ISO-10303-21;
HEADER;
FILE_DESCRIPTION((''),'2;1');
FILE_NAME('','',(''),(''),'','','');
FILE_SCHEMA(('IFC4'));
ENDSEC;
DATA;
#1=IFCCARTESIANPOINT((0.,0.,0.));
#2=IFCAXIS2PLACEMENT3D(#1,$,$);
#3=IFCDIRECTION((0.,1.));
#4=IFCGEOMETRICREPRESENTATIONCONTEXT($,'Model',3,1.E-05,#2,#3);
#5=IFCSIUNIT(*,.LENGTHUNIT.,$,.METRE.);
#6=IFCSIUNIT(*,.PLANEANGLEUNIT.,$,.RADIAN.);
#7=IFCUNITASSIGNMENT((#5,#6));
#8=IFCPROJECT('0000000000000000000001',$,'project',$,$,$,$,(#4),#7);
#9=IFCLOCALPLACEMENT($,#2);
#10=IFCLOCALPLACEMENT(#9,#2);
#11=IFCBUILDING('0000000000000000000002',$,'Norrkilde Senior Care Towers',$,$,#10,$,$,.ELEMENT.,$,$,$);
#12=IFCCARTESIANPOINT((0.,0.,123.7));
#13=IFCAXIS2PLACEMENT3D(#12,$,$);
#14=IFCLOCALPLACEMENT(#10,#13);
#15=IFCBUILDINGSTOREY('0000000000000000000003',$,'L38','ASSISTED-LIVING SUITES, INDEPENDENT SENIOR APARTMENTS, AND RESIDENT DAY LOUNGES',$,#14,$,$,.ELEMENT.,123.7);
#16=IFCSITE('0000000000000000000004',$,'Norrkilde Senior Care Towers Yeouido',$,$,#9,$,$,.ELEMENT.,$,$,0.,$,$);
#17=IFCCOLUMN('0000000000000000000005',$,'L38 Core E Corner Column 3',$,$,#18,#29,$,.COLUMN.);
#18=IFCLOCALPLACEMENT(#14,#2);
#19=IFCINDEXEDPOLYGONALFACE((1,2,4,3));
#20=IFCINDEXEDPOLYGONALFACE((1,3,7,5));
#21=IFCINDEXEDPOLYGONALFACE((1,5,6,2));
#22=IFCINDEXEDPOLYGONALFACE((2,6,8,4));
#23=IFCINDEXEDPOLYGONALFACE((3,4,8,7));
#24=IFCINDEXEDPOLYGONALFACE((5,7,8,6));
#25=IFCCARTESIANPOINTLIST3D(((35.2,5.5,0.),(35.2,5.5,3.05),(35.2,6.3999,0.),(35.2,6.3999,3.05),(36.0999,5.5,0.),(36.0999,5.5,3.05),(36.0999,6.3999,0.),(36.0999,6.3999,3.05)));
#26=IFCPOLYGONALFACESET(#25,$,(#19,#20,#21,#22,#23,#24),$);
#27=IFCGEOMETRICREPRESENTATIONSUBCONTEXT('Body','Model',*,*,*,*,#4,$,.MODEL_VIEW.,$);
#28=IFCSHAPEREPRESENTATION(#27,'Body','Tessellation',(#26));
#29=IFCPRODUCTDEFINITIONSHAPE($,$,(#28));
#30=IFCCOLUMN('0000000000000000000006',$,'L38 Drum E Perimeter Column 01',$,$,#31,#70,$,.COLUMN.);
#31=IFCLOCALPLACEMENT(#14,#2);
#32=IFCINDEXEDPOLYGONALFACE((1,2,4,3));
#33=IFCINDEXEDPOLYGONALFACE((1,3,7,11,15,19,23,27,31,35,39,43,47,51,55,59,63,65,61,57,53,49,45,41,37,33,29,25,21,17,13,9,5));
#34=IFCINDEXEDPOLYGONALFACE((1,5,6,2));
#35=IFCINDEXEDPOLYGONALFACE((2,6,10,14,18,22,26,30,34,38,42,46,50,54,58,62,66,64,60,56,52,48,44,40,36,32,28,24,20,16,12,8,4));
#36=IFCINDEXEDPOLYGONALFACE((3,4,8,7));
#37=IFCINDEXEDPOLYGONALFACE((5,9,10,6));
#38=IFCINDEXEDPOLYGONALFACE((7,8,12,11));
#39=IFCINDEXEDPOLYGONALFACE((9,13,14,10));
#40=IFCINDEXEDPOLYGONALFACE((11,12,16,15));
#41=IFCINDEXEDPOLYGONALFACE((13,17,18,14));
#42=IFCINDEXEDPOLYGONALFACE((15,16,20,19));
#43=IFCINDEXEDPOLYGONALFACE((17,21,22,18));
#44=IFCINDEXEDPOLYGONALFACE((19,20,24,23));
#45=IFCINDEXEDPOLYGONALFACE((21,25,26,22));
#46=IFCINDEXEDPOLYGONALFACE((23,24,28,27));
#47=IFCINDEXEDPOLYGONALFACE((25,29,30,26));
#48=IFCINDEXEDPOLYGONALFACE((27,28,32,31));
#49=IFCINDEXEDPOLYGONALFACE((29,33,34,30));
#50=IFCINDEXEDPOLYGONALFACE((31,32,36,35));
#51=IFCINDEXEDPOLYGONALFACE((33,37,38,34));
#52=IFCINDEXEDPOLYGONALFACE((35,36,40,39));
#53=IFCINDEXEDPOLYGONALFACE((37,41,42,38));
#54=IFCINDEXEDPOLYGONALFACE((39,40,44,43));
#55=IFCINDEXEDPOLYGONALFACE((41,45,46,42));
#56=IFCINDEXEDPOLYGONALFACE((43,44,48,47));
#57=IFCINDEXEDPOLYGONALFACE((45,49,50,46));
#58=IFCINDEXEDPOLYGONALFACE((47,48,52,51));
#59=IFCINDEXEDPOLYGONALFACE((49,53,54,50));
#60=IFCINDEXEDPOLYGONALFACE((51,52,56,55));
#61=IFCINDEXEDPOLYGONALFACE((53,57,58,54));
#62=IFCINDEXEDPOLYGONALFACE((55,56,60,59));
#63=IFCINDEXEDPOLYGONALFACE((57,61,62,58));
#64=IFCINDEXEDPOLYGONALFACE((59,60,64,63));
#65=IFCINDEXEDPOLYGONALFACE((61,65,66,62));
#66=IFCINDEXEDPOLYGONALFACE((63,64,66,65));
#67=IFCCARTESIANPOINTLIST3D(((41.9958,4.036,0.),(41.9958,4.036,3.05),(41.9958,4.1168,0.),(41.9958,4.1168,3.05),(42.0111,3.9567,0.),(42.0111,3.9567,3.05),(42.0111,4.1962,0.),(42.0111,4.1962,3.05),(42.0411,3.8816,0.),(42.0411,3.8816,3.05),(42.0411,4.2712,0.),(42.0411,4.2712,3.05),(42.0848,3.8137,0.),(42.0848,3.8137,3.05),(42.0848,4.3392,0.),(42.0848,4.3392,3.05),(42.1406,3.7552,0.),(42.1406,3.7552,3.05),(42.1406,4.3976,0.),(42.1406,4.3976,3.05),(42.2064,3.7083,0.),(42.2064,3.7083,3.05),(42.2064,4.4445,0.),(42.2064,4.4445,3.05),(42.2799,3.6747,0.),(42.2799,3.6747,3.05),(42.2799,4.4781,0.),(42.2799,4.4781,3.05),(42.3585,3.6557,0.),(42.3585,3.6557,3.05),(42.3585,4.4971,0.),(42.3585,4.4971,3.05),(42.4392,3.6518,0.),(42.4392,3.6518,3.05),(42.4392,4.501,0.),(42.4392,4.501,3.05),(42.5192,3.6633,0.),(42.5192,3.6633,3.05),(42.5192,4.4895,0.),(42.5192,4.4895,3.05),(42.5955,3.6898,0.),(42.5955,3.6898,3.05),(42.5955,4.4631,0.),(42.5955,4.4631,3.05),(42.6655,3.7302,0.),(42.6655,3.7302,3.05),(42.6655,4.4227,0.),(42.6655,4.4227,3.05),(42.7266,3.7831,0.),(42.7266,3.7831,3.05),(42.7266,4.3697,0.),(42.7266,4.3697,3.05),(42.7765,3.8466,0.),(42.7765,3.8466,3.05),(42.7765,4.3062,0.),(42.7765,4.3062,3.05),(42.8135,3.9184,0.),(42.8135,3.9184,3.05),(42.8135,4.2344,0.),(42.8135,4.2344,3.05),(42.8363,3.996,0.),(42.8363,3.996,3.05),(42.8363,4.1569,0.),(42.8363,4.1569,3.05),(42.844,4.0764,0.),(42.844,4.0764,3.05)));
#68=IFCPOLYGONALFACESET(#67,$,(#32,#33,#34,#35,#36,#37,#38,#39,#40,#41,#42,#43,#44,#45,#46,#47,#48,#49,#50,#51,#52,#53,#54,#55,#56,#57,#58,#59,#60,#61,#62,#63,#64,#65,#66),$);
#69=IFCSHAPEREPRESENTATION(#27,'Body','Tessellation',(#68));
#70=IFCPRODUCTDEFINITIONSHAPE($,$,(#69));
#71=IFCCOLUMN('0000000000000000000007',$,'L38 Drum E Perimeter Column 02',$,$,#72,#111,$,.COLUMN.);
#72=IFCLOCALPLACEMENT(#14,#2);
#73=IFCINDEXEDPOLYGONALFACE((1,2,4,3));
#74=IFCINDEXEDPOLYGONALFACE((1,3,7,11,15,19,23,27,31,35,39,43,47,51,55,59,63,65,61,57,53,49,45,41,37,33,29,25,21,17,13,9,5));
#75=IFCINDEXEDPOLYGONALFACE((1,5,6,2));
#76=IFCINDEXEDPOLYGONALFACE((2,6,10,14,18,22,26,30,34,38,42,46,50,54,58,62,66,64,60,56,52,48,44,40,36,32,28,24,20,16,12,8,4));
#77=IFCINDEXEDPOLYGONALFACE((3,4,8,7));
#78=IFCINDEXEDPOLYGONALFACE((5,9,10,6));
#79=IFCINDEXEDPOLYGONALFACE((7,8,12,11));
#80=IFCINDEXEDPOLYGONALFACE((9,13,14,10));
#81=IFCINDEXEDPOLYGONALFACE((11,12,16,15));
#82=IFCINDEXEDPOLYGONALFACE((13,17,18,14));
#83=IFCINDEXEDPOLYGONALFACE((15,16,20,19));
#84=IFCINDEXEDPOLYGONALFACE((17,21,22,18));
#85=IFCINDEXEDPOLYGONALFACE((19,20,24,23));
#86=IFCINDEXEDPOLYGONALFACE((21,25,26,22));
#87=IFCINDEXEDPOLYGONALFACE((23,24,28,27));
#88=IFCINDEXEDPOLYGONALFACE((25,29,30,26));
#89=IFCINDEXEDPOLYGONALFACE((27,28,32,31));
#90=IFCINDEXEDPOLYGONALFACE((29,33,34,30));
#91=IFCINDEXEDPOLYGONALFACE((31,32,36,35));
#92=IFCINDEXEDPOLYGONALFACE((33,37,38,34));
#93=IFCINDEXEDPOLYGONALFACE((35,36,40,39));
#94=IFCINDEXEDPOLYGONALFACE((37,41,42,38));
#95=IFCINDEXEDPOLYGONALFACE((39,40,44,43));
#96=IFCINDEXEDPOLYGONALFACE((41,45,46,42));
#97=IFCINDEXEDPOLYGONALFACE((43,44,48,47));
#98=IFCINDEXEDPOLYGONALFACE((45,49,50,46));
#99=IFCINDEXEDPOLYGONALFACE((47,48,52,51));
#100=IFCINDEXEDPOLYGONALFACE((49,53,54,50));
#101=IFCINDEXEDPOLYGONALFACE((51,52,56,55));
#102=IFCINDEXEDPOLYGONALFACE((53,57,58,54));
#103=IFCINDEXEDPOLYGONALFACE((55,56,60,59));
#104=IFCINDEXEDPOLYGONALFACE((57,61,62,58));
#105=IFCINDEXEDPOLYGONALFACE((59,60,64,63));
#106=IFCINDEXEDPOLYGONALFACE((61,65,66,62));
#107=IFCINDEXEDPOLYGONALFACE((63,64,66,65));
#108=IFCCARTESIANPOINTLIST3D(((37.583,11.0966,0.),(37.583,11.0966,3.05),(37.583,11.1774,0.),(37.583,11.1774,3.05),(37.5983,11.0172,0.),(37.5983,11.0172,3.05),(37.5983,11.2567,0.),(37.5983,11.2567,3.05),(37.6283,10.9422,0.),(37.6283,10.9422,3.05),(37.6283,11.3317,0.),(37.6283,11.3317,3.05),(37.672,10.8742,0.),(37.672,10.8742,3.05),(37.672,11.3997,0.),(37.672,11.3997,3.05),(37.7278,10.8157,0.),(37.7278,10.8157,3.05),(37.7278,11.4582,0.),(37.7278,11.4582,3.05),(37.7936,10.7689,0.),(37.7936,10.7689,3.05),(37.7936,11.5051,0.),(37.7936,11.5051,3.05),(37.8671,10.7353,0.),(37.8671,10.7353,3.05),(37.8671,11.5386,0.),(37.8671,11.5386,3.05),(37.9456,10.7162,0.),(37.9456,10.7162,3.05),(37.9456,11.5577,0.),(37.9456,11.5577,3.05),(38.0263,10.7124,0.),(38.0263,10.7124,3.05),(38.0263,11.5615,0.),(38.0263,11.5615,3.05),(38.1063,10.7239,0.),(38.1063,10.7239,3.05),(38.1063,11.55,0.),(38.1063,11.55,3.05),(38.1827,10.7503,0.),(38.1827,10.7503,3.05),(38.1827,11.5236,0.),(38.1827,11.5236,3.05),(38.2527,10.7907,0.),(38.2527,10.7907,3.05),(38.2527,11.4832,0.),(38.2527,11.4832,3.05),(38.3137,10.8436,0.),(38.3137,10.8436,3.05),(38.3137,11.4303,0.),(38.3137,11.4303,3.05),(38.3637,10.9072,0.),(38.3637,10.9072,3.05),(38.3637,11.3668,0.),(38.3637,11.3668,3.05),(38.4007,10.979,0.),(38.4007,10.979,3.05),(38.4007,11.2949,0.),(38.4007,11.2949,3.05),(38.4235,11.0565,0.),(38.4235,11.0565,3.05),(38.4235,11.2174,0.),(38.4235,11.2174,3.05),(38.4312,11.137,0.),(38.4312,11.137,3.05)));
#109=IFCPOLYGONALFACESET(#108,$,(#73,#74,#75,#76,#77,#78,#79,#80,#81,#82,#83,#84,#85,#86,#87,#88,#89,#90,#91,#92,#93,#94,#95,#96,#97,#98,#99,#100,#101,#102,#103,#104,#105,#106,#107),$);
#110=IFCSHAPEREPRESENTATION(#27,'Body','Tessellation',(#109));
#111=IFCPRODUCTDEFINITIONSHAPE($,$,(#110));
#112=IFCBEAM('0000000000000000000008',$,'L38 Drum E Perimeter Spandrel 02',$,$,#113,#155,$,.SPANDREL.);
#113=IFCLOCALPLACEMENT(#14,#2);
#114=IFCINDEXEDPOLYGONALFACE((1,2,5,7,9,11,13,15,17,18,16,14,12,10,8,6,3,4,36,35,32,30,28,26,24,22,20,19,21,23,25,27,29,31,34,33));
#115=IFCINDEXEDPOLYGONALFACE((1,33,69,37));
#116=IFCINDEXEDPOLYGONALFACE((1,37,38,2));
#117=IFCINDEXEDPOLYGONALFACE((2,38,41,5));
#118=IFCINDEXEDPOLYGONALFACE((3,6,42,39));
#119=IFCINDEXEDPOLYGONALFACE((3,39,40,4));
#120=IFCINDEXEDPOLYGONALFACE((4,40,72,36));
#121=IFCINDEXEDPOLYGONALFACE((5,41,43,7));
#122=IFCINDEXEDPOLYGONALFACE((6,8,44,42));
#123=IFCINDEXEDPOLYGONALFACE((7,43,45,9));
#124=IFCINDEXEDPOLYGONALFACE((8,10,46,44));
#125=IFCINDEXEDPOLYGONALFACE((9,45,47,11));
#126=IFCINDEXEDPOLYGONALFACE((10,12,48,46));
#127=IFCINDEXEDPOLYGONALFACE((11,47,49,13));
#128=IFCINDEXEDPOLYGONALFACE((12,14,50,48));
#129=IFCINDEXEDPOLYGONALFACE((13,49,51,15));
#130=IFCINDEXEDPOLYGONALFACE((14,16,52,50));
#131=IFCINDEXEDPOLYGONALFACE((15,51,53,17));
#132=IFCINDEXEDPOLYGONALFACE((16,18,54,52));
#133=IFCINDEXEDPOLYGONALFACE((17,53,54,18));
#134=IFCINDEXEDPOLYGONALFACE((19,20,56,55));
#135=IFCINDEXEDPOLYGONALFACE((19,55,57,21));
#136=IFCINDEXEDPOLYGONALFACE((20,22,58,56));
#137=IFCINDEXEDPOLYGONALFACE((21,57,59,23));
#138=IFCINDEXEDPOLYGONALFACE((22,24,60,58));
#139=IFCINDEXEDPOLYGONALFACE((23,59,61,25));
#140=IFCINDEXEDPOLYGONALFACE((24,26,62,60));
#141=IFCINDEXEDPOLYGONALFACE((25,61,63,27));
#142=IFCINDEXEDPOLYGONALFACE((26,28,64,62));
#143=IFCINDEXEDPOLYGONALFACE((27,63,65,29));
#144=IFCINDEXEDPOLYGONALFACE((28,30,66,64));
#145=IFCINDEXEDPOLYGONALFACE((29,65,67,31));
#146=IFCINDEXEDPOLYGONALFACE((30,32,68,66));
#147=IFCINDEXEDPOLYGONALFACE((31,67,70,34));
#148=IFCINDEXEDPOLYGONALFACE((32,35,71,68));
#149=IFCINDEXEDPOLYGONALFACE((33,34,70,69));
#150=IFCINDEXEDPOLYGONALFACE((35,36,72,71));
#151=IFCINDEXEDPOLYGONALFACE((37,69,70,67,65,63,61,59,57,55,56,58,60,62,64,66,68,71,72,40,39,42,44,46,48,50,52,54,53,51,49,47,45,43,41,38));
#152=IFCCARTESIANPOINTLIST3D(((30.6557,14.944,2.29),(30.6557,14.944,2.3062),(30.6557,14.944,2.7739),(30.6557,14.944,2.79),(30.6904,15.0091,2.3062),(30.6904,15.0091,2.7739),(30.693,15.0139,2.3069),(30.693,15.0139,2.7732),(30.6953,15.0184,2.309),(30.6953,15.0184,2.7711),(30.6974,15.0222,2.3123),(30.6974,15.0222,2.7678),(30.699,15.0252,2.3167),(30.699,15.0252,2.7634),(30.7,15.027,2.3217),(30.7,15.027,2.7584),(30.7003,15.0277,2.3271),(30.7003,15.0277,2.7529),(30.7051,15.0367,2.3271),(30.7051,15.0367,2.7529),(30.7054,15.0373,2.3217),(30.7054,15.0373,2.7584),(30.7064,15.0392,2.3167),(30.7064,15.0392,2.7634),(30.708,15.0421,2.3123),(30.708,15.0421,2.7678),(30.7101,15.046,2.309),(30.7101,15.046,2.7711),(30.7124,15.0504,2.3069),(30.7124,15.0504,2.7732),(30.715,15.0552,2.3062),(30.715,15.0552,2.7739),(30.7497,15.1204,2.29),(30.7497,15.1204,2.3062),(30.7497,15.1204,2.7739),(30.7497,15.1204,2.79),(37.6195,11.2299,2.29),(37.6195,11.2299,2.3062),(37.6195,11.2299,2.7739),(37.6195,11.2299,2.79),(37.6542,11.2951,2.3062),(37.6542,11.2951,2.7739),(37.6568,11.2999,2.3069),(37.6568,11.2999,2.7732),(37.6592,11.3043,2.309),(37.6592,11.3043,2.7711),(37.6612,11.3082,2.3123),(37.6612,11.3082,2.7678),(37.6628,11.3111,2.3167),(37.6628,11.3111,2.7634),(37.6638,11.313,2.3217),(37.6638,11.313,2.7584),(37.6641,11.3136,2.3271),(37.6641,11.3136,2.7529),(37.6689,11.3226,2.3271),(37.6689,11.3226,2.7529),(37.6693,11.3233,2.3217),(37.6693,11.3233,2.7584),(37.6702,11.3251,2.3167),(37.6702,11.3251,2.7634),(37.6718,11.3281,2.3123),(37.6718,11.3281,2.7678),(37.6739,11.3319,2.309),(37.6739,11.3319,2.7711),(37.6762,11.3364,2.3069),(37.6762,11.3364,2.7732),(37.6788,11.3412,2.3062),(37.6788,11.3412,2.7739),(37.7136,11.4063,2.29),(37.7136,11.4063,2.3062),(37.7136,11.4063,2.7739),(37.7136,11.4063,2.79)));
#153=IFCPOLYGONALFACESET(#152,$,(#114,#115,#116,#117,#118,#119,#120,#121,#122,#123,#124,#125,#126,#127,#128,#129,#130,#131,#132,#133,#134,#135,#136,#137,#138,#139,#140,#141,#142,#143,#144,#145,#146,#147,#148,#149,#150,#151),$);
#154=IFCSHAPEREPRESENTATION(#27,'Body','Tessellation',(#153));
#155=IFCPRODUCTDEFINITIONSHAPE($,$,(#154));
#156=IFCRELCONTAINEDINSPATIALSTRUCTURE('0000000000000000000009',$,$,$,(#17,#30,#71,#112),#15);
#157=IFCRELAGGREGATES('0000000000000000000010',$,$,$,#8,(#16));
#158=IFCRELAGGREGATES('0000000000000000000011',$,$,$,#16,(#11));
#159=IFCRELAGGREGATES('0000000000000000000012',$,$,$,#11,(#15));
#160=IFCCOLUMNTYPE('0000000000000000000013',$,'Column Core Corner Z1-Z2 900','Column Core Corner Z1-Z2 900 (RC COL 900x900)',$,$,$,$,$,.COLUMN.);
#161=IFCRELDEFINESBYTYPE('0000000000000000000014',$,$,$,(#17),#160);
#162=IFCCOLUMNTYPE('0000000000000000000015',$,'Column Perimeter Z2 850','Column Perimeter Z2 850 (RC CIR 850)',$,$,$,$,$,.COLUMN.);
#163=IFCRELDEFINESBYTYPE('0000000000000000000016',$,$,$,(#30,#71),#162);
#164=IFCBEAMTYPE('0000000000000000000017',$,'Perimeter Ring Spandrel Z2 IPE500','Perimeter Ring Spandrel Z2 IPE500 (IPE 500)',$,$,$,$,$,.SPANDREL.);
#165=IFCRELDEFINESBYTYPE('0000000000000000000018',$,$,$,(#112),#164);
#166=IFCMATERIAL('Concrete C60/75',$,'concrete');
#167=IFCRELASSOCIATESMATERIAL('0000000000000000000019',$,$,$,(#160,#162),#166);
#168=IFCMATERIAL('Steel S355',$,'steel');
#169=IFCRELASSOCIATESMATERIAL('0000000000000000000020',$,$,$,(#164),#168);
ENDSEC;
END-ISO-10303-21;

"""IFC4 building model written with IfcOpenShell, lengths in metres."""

from ifc_helpers import new_model, si_unit, direction, frame, origin, origin_2d, place, context, subcontext, project, spatial, rectangle, circle, i_section, extrude, source, transform, mapped, material, material_profile, profile_set, type_object, type_shapes, element, save


model = new_model("IFC4")

# Units and contexts
model_context = context("Model", 3, precision=1e-05, world=origin(), true_north=direction((0.0, 1.0)))
body_context = subcontext(model_context, "Body", "Model", "MODEL_VIEW")
ifc_project = project(units=[si_unit("LENGTHUNIT", "METRE"), si_unit("PLANEANGLEUNIT", "RADIAN")], contexts=[model_context])

# Site, building, storey
site_placement = place(None, origin())
site = spatial("IfcSite", under=ifc_project, at=site_placement, Name="Norrkilde Senior Care Towers Yeouido", CompositionType="ELEMENT", RefElevation=0.0)
building_placement = place(site_placement, origin())
building = spatial("IfcBuilding", under=site, at=building_placement, Name="Norrkilde Senior Care Towers", CompositionType="ELEMENT")
storey_placement = place(building_placement, frame((0.0, 0.0, 123.7)))
storey = spatial("IfcBuildingStorey", under=building, at=storey_placement, Name="L38", Description="ASSISTED-LIVING SUITES, INDEPENDENT SENIOR APARTMENTS, AND RESIDENT DAY LOUNGES", CompositionType="ELEMENT", Elevation=123.7)

# Columns
ifc_material_1 = material(Name="Concrete C60/75", Category="concrete")
ifc_material_profile_1 = material_profile(ifc_material_1, rectangle(XDim=0.8999, YDim=0.8999, at=origin_2d()), Name="RC COL 900x900")
ifc_profile_set_1 = profile_set([ifc_material_profile_1], Name="Concrete C60/75")
column_type_1 = type_object("IfcColumnType", Name="Column Core Corner Z1-Z2 900", Description="Column Core Corner Z1-Z2 900 (RC COL 900x900)", PredefinedType="COLUMN", material=ifc_profile_set_1)
shared_shape_1 = source(origin(), body_context, "Body", "SweptSolid", [
    extrude(rectangle(XDim=0.8999, YDim=0.8999, at=origin_2d()), origin(), (0.0, 0.0, 1.0), 3.05),
])
type_shapes(column_type_1, [shared_shape_1])
column_placement = place(storey_placement, frame((35.6499, 5.95, 0.0), z_axis=(0.0, 0.0, 1.0), x_axis=(1.0, 0.0, 0.0)))
element("IfcColumn", 1, at=column_placement, inside=storey, type_object=column_type_1, Name="L38 Core E Corner Column 3", PredefinedType="COLUMN", context=body_context, shape_type="MappedRepresentation", body=[
    mapped(shared_shape_1, transform((0.0, 0.0, 0.0), x_axis=(1.0, 0.0, 0.0), y_axis=(0.0, 1.0, 0.0), z_axis=(0.0, 0.0, 1.0), scale=1.0)),
])
ifc_material_profile_2 = material_profile(ifc_material_1, circle(Radius=0.425, at=origin_2d()), Name="RC CIR 850")
ifc_profile_set_2 = profile_set([ifc_material_profile_2], Name="Concrete C60/75")
column_type_2 = type_object("IfcColumnType", Name="Column Perimeter Z2 850", Description="Column Perimeter Z2 850 (RC CIR 850)", PredefinedType="COLUMN", material=ifc_profile_set_2)
shared_shape_2 = source(origin(), body_context, "Body", "SweptSolid", [
    extrude(circle(Radius=0.425, at=origin_2d()), origin(), (0.0, 0.0, 1.0), 3.05),
])
type_shapes(column_type_2, [shared_shape_2])
for number, where, z_axis, x_axis, name in (
    (2, (42.4189, 4.0764, 0.0), (0.0, 0.0, 1.0), (1.0, 0.0, 0.0), "L38 Drum E Perimeter Column 01"),
    (3, (38.0061, 11.137, 0.0), (0.0, 0.0, 1.0), (1.0, 0.0, 0.0), "L38 Drum E Perimeter Column 02"),
):
    element("IfcColumn", number, at=place(storey_placement, frame(where, z_axis=z_axis, x_axis=x_axis)), inside=storey, type_object=column_type_2, Name=name, PredefinedType="COLUMN", context=body_context, shape_type="MappedRepresentation", body=[
        mapped(shared_shape_2, transform((0.0, 0.0, 0.0), x_axis=(1.0, 0.0, 0.0), y_axis=(0.0, 1.0, 0.0), z_axis=(0.0, 0.0, 1.0), scale=1.0)),
    ])

# Beam
ifc_material_2 = material(Name="Steel S355", Category="steel")
ifc_material_profile_3 = material_profile(ifc_material_2, i_section(OverallWidth=0.2, OverallDepth=0.5, WebThickness=0.0103, FlangeThickness=0.0161, FilletRadius=0.021, at=origin_2d()), Name="IPE 500")
ifc_profile_set_3 = profile_set([ifc_material_profile_3], Name="Steel S355")
beam_type_1 = type_object("IfcBeamType", Name="Perimeter Ring Spandrel Z2 IPE500", Description="Perimeter Ring Spandrel Z2 IPE500 (IPE 500)", PredefinedType="SPANDREL", material=ifc_profile_set_3)
shared_shape_3 = source(origin(), body_context, "Body", "SweptSolid", [
    extrude(i_section(OverallWidth=0.2, OverallDepth=0.5, WebThickness=0.0103, FlangeThickness=0.0161, FilletRadius=0.021, at=origin_2d()), origin(), (0.0, 0.0, 1.0), 7.8923),
])
beam_1_placement = place(storey_placement, frame((37.6665, 11.3181, 2.54), z_axis=(-0.88235, 0.470593, 0.0), x_axis=(-0.470593, -0.88235, 0.0)))
element("IfcBeam", 4, at=beam_1_placement, inside=storey, type_object=beam_type_1, Name="L38 Drum E Perimeter Spandrel 02", PredefinedType="SPANDREL", context=body_context, shape_type="MappedRepresentation", body=[
    mapped(shared_shape_3, transform((0.0, 0.0, 0.0), x_axis=(1.0, 0.0, 0.0), y_axis=(0.0, 1.0, 0.0), z_axis=(0.0, 0.0, 1.0), scale=1.0)),
])

save(model, "model.ifc")
